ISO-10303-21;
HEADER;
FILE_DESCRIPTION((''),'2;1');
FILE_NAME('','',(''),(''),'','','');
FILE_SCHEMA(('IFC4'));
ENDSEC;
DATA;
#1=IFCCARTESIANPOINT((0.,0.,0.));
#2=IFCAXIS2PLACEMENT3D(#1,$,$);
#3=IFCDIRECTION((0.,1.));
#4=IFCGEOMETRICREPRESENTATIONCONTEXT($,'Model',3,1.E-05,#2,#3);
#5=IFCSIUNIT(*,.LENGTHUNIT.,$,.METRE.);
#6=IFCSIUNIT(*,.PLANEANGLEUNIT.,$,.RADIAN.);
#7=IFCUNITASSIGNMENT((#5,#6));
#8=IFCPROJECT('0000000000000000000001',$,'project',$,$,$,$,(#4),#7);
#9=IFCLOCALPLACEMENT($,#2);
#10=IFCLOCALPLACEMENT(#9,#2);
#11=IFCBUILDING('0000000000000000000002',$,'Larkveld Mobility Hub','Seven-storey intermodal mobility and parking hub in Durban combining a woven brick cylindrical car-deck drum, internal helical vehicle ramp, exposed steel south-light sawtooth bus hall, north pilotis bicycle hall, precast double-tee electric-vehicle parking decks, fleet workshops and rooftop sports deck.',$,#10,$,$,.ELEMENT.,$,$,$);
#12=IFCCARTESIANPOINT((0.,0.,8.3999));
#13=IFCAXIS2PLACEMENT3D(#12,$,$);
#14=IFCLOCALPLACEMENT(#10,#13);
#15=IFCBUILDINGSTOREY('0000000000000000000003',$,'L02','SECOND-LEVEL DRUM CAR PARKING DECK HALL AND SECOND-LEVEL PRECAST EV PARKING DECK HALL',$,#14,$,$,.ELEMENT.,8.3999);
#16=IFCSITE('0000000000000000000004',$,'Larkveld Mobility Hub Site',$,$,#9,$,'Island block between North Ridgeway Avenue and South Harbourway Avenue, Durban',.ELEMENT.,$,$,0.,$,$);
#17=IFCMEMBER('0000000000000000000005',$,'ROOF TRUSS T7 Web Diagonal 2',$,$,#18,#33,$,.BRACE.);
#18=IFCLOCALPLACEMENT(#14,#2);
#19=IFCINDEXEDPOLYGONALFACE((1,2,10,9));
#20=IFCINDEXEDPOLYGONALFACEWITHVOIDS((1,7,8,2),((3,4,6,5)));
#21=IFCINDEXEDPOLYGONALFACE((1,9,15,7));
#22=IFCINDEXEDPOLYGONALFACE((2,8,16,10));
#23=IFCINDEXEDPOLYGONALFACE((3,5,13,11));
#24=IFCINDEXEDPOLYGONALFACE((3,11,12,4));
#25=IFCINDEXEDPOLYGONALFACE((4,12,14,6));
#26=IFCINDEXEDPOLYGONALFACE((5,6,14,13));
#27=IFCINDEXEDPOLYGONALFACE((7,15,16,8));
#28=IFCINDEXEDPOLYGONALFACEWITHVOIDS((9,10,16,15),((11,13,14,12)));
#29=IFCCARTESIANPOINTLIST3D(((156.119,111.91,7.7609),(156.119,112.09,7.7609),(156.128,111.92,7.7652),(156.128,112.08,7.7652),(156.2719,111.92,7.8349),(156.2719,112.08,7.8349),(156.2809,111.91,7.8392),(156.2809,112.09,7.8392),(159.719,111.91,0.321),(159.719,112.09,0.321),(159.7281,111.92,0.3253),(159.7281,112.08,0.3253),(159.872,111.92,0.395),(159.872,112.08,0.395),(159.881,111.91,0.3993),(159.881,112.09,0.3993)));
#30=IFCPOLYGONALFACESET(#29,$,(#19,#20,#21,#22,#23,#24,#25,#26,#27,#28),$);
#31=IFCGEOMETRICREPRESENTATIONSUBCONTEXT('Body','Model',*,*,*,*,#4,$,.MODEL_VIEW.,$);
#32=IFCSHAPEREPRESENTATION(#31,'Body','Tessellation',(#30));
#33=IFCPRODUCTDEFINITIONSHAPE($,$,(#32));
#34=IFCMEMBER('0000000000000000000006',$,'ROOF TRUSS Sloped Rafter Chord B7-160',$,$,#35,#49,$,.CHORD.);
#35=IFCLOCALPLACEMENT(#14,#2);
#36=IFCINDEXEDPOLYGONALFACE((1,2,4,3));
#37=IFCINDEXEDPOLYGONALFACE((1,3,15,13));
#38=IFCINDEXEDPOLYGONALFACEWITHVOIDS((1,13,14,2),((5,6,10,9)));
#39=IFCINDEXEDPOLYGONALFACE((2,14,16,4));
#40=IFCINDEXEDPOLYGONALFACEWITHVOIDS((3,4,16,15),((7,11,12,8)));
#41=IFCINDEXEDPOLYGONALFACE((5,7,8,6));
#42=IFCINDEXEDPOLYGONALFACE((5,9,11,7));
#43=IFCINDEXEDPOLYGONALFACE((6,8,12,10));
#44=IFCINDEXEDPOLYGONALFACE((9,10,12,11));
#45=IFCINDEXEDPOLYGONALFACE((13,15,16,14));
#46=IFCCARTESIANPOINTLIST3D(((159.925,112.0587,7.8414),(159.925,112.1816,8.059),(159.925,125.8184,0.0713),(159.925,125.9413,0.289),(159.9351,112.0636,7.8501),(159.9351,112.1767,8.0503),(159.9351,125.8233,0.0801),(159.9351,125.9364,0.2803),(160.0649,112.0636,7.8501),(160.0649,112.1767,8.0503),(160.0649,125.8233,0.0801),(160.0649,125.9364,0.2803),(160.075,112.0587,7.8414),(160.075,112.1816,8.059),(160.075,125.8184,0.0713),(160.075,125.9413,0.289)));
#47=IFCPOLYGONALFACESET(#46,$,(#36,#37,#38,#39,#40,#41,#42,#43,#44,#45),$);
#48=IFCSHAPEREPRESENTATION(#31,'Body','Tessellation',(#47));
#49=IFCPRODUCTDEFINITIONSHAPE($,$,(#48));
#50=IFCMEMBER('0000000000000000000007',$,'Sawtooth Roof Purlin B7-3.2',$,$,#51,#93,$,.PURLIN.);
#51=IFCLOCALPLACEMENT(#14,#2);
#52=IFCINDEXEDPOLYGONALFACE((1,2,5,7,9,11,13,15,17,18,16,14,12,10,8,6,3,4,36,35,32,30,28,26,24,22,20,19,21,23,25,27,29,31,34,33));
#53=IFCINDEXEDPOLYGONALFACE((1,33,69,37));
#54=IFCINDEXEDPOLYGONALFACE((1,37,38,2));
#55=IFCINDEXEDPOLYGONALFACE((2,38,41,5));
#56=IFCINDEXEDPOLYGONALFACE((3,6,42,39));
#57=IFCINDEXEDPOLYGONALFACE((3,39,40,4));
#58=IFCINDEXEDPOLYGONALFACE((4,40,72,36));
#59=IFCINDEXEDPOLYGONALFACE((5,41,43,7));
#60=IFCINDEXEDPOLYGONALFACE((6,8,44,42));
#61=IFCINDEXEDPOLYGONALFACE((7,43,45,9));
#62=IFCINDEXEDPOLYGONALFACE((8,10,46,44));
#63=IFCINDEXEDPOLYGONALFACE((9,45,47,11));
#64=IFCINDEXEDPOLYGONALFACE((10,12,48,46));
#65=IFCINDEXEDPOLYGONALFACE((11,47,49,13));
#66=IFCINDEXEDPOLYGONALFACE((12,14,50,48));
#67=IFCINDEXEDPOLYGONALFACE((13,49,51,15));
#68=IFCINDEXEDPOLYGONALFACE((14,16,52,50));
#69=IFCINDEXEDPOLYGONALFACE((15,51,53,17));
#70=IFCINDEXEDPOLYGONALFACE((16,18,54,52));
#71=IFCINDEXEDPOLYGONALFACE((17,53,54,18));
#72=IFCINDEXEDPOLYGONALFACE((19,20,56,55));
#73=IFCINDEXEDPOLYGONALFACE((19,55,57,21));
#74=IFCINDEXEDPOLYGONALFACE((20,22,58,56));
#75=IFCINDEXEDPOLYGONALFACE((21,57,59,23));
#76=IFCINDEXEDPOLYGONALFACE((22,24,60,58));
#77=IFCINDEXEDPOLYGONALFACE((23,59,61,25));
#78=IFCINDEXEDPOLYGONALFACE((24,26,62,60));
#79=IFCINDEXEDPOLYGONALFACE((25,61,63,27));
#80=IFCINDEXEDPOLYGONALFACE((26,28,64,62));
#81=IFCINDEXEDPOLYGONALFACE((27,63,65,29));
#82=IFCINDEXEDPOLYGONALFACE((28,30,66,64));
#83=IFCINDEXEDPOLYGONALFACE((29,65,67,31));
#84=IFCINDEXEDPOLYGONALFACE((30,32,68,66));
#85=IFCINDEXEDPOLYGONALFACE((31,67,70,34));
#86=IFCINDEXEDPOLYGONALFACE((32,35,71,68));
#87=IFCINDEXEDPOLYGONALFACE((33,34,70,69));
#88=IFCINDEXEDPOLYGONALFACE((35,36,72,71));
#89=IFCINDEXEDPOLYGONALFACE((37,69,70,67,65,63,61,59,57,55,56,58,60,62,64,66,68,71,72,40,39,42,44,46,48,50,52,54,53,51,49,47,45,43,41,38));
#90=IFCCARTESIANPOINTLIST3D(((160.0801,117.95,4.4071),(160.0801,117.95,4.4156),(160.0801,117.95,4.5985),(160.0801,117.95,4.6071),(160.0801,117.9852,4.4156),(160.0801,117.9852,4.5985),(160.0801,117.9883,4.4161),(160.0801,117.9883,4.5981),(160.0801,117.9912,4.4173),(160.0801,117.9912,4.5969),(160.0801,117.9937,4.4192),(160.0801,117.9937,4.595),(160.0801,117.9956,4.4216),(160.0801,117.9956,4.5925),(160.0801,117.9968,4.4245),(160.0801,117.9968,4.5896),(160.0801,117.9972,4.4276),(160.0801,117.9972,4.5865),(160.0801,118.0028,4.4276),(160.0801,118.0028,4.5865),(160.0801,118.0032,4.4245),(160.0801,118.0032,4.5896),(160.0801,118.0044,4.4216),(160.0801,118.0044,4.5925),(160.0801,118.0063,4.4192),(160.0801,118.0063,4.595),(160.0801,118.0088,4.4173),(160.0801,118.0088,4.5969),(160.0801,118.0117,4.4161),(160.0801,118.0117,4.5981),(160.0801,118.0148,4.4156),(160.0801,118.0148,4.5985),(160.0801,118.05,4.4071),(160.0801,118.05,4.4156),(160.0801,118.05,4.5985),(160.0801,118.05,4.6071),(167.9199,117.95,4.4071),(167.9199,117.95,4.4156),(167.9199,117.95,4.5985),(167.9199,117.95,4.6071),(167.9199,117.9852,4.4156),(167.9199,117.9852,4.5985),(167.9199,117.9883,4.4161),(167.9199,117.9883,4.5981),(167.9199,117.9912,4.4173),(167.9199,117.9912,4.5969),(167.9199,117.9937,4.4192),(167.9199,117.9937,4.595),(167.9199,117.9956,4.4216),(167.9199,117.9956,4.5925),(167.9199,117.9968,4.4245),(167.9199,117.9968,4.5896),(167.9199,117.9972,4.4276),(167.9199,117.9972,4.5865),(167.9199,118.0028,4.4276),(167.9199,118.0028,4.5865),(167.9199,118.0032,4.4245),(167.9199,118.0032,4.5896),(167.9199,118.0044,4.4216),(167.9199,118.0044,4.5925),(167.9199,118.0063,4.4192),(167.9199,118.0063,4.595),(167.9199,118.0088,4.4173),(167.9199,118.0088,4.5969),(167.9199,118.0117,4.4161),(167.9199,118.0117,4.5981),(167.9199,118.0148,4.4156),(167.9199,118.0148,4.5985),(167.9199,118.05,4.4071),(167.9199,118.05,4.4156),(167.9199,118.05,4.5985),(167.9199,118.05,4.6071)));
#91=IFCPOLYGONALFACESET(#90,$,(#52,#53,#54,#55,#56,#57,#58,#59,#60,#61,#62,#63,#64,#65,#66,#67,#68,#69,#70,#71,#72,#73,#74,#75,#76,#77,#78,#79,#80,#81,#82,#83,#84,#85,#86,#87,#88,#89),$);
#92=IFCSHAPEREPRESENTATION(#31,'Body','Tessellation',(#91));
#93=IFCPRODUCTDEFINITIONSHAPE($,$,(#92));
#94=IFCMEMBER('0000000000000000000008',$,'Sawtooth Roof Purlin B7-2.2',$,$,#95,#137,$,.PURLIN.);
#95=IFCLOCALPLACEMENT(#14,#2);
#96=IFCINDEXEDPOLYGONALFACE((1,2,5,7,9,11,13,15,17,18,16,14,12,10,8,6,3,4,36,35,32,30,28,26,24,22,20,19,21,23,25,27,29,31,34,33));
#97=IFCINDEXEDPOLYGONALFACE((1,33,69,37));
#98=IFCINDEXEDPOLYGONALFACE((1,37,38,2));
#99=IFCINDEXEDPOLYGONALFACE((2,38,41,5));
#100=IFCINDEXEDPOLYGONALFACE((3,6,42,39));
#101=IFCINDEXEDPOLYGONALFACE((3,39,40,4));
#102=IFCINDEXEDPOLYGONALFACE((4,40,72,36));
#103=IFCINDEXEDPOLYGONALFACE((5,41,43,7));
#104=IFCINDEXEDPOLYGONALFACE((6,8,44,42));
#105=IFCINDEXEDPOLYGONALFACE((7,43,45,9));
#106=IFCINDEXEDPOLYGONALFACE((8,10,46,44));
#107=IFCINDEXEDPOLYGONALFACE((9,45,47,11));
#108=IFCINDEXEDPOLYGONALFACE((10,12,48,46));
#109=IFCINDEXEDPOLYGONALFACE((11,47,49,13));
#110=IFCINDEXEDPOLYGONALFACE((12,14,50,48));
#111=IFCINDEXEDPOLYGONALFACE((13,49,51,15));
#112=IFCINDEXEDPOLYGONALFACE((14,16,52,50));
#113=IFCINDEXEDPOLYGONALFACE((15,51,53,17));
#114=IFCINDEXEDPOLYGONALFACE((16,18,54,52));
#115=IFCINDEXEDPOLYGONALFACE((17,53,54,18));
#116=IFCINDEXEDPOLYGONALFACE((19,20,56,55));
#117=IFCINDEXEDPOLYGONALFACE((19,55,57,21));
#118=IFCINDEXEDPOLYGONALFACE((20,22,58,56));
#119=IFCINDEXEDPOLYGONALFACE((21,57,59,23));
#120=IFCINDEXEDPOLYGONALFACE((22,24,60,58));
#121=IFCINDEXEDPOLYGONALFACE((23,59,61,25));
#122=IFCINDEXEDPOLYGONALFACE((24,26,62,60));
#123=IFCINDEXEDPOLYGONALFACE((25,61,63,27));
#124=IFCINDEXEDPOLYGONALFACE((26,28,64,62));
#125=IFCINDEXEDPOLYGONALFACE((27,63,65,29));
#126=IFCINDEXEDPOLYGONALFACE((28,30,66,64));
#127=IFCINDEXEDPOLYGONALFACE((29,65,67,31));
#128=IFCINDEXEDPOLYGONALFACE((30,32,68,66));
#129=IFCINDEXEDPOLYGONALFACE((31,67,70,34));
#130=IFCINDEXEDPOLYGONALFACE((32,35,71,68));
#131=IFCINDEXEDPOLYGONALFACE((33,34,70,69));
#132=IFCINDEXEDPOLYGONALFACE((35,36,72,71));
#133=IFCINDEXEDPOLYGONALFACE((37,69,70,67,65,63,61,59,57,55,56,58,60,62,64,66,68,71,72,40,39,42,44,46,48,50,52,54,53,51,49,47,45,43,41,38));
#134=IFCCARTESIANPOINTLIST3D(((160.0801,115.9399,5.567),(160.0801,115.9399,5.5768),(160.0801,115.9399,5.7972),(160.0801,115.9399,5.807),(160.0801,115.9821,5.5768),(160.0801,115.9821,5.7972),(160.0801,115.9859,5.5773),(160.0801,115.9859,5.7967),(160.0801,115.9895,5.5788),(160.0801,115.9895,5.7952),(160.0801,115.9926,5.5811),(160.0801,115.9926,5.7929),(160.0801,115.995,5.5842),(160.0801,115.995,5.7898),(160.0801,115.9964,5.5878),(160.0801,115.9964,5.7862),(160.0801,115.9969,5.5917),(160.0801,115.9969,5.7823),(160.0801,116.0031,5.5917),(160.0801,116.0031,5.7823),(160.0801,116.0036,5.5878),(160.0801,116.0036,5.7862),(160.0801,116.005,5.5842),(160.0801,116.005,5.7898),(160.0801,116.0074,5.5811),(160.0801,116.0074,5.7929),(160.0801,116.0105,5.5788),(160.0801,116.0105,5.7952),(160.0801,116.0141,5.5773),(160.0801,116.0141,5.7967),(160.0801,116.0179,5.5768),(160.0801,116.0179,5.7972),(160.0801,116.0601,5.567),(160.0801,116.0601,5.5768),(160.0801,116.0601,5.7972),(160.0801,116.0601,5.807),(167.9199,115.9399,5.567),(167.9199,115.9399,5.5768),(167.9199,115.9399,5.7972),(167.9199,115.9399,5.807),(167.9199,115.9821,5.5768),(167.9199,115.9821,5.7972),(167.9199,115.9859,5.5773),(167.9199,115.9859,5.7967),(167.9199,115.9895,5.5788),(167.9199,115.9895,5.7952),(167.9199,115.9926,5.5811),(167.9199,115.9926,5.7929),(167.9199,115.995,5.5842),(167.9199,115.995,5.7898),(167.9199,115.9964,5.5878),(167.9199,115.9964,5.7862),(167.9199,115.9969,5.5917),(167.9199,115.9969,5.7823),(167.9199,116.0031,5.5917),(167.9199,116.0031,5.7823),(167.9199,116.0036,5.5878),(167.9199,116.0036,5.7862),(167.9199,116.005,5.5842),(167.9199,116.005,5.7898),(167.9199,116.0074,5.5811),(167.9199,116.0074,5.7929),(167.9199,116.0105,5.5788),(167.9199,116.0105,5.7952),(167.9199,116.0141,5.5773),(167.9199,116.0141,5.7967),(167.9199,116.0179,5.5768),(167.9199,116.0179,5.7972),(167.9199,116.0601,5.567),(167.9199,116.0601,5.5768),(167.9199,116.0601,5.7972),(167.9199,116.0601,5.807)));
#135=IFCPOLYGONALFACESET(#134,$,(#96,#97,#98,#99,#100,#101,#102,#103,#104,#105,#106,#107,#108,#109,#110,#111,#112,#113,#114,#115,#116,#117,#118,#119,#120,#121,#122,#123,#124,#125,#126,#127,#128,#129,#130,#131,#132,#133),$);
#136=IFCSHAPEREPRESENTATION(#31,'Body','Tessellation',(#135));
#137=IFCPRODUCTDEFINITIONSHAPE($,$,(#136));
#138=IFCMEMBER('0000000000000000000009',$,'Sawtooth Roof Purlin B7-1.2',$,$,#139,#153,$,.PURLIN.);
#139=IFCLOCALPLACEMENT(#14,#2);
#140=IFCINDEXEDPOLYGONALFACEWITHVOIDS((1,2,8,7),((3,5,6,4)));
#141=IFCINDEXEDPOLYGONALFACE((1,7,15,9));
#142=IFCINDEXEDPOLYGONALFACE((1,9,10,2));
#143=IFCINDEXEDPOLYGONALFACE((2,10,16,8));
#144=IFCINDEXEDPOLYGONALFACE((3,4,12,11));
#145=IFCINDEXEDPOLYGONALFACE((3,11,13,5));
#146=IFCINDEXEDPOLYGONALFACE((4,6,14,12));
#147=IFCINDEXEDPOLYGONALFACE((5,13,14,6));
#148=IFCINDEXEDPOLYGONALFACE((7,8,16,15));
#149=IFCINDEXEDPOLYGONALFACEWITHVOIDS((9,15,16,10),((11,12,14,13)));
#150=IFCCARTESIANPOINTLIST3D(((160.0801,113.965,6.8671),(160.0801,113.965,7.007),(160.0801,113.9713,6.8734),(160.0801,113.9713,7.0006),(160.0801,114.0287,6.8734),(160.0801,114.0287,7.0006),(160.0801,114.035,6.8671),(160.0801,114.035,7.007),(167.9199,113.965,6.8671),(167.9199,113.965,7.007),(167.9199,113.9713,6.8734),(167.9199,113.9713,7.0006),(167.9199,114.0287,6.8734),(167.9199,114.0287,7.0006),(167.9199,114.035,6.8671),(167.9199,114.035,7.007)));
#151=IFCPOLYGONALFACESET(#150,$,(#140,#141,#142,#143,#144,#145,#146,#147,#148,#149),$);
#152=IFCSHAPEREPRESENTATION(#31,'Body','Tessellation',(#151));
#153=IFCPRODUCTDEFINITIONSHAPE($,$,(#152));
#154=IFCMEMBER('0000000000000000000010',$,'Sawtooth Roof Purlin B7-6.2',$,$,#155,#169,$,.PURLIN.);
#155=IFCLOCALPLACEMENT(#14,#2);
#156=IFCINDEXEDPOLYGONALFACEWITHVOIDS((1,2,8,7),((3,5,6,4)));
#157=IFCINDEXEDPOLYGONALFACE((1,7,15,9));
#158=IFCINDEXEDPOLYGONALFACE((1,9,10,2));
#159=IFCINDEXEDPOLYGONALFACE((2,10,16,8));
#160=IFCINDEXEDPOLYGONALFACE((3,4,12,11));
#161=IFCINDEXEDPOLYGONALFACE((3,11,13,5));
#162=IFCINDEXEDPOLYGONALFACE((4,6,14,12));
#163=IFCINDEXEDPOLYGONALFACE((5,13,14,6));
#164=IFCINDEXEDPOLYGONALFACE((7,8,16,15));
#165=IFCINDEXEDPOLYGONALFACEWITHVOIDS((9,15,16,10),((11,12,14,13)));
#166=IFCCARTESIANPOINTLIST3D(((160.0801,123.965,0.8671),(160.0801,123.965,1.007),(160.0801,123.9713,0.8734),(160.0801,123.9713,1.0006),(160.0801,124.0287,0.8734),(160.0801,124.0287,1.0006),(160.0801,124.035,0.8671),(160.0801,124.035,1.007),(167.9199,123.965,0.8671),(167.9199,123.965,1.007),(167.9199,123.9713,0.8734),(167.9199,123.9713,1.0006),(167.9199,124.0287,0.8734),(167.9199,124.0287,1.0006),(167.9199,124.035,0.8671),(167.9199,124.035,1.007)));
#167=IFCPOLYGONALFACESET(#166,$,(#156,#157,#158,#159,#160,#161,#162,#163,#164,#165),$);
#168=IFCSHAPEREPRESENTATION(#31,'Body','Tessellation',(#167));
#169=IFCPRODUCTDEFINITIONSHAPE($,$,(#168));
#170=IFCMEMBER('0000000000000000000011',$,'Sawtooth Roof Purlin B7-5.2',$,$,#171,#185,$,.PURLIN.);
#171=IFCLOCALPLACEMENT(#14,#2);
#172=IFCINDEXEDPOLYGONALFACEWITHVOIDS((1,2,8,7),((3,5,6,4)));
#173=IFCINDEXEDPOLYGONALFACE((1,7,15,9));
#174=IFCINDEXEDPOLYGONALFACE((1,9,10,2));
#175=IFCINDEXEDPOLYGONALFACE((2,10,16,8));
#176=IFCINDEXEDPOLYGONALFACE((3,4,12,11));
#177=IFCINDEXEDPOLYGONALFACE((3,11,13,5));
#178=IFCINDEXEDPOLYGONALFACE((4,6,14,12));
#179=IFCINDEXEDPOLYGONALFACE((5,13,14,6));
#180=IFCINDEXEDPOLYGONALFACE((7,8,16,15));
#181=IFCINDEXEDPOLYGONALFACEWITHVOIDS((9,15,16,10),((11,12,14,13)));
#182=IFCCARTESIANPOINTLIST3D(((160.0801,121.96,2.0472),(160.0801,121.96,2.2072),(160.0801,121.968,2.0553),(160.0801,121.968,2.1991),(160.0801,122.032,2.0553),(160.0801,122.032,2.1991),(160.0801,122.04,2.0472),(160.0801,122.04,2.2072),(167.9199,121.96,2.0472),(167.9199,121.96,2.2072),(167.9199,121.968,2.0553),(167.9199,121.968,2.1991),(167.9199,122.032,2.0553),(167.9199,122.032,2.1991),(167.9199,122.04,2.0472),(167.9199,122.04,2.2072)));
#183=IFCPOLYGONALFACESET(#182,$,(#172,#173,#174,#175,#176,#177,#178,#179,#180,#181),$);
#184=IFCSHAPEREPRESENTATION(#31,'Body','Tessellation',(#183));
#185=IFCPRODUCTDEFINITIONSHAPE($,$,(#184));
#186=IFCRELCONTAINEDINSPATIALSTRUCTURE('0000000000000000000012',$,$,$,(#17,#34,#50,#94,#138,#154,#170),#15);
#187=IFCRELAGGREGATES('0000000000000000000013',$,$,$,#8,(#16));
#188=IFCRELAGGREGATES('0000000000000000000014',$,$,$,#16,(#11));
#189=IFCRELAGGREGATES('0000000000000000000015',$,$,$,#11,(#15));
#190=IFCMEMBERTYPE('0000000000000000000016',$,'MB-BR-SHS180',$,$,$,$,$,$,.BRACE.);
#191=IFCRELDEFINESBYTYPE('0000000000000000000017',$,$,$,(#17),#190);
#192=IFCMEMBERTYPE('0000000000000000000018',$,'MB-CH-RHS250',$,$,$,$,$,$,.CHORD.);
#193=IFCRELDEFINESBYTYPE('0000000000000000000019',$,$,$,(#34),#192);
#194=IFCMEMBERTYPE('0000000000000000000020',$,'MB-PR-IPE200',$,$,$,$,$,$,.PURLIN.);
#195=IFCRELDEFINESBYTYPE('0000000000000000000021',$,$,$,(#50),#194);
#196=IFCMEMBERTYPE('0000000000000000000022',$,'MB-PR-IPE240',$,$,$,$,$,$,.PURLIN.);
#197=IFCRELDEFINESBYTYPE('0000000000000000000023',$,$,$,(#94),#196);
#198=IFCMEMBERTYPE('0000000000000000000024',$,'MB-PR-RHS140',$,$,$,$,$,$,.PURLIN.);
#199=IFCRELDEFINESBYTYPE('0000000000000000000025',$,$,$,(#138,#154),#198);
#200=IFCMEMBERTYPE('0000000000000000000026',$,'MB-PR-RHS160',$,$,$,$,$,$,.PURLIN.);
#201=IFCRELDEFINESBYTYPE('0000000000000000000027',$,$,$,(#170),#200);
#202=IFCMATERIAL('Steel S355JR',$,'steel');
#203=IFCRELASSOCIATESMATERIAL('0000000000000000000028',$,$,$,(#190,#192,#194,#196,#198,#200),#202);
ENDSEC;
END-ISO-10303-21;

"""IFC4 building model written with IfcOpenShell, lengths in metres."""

from ifc_helpers import new_model, si_unit, direction, frame, origin, origin_2d, place, context, subcontext, project, spatial, hollow_rectangle, i_section, extrude, material, material_profile, profile_set, type_object, element, save


model = new_model("IFC4")

# Units and contexts
model_context = context("Model", 3, precision=1e-05, world=origin(), true_north=direction((0.0, 1.0)))
body_context = subcontext(model_context, "Body", "Model", "MODEL_VIEW")
ifc_project = project(units=[si_unit("LENGTHUNIT", "METRE"), si_unit("PLANEANGLEUNIT", "RADIAN")], contexts=[model_context])

# Site, building, storey
site_placement = place(None, origin())
site = spatial("IfcSite", under=ifc_project, at=site_placement, Name="Larkveld Mobility Hub Site", LongName="Island block between North Ridgeway Avenue and South Harbourway Avenue, Durban", CompositionType="ELEMENT", RefElevation=0.0)
building_placement = place(site_placement, origin())
building = spatial("IfcBuilding", under=site, at=building_placement, Name="Larkveld Mobility Hub", Description="Seven-storey intermodal mobility and parking hub in Durban combining a woven brick cylindrical car-deck drum, internal helical vehicle ramp, exposed steel south-light sawtooth bus hall, north pilotis bicycle hall, precast double-tee electric-vehicle parking decks, fleet workshops and rooftop sports deck.", CompositionType="ELEMENT")
storey_placement = place(building_placement, frame((0.0, 0.0, 8.3999)))
storey = spatial("IfcBuildingStorey", under=building, at=storey_placement, Name="L02", Description="SECOND-LEVEL DRUM CAR PARKING DECK HALL AND SECOND-LEVEL PRECAST EV PARKING DECK HALL", CompositionType="ELEMENT", Elevation=8.3999)

# Members
ifc_material_1 = material(Name="Steel S355JR", Category="steel")
ifc_material_profile_1 = material_profile(ifc_material_1, hollow_rectangle(XDim=0.1799, YDim=0.1799, WallThickness=0.01, at=origin_2d()), Name="SHS 180x180x10")
ifc_profile_set_1 = profile_set([ifc_material_profile_1], Name="Steel S355JR")
member_type_1 = type_object("IfcMemberType", Name="MB-BR-SHS180", PredefinedType="BRACE", material=ifc_profile_set_1)
member_1_placement = place(storey_placement, frame((156.2, 112.0, 7.8), z_axis=(0.435573, 0.0, -0.900153), x_axis=(0.0, 1.0, 0.0)))
element("IfcMember", 1, at=member_1_placement, inside=storey, type_object=member_type_1, Name="ROOF TRUSS T7 Web Diagonal 2", PredefinedType="BRACE", context=body_context, shape_type="SweptSolid", body=[
    extrude(hollow_rectangle(XDim=0.1799, YDim=0.1799, WallThickness=0.01, at=origin_2d()), origin(), (0.0, 0.0, 1.0), 8.2651),
])
ifc_material_profile_2 = material_profile(ifc_material_1, hollow_rectangle(XDim=0.1499, YDim=0.25, WallThickness=0.01, at=origin_2d()), Name="RHS 250x150x10")
ifc_profile_set_2 = profile_set([ifc_material_profile_2], Name="Steel S355JR")
member_type_2 = type_object("IfcMemberType", Name="MB-CH-RHS250", PredefinedType="CHORD", material=ifc_profile_set_2)
member_2_placement = place(storey_placement, frame((160.0, 112.1201, 7.9502), z_axis=(0.0, 0.870759, -0.49171), x_axis=(-1.0, 0.0, 0.0)))
element("IfcMember", 2, at=member_2_placement, inside=storey, type_object=member_type_2, Name="ROOF TRUSS Sloped Rafter Chord B7-160", PredefinedType="CHORD", context=body_context, shape_type="SweptSolid", body=[
    extrude(hollow_rectangle(XDim=0.1499, YDim=0.25, WallThickness=0.01, at=origin_2d()), origin(), (0.0, 0.0, 1.0), 15.802),
])
ifc_material_profile_3 = material_profile(ifc_material_1, i_section(OverallWidth=0.1001, OverallDepth=0.2, WebThickness=0.0056, FlangeThickness=0.0085, FilletRadius=0.012, at=origin_2d()), Name="IPE 200")
ifc_profile_set_3 = profile_set([ifc_material_profile_3], Name="Steel S355JR")
member_type_3 = type_object("IfcMemberType", Name="MB-PR-IPE200", PredefinedType="PURLIN", material=ifc_profile_set_3)
member_3_placement = place(storey_placement, frame((160.0801, 118.0, 4.5071), z_axis=(1.0, 0.0, 0.0), x_axis=(0.0, 1.0, 0.0)))
element("IfcMember", 3, at=member_3_placement, inside=storey, type_object=member_type_3, Name="Sawtooth Roof Purlin B7-3.2", PredefinedType="PURLIN", context=body_context, shape_type="SweptSolid", body=[
    extrude(i_section(OverallWidth=0.1001, OverallDepth=0.2, WebThickness=0.0056, FlangeThickness=0.0085, FilletRadius=0.012, at=origin_2d()), origin(), (0.0, 0.0, 1.0), 7.8398),
])
ifc_material_profile_4 = material_profile(ifc_material_1, i_section(OverallWidth=0.1201, OverallDepth=0.24, WebThickness=0.0061, FlangeThickness=0.0098, FilletRadius=0.0149, at=origin_2d()), Name="IPE 240")
ifc_profile_set_4 = profile_set([ifc_material_profile_4], Name="Steel S355JR")
member_type_4 = type_object("IfcMemberType", Name="MB-PR-IPE240", PredefinedType="PURLIN", material=ifc_profile_set_4)
member_4_placement = place(storey_placement, frame((160.0801, 116.0, 5.687), z_axis=(1.0, 0.0, 0.0), x_axis=(0.0, 1.0, 0.0)))
element("IfcMember", 4, at=member_4_placement, inside=storey, type_object=member_type_4, Name="Sawtooth Roof Purlin B7-2.2", PredefinedType="PURLIN", context=body_context, shape_type="SweptSolid", body=[
    extrude(i_section(OverallWidth=0.1201, OverallDepth=0.24, WebThickness=0.0061, FlangeThickness=0.0098, FilletRadius=0.0149, at=origin_2d()), origin(), (0.0, 0.0, 1.0), 7.8398),
])
ifc_material_profile_5 = material_profile(ifc_material_1, hollow_rectangle(XDim=0.0701, YDim=0.1399, WallThickness=0.0063, at=origin_2d()), Name="RHS 140x70x6.3")
ifc_profile_set_5 = profile_set([ifc_material_profile_5], Name="Steel S355JR")
member_type_5 = type_object("IfcMemberType", Name="MB-PR-RHS140", PredefinedType="PURLIN", material=ifc_profile_set_5)
for number, where, z_axis, x_axis, name in (
    (5, (160.0801, 114.0, 6.937), (1.0, 0.0, 0.0), (0.0, 1.0, 0.0), "Sawtooth Roof Purlin B7-1.2"),
    (6, (160.0801, 124.0, 0.937), (1.0, 0.0, 0.0), (0.0, 1.0, 0.0), "Sawtooth Roof Purlin B7-6.2"),
):
    element("IfcMember", number, at=place(storey_placement, frame(where, z_axis=z_axis, x_axis=x_axis)), inside=storey, type_object=member_type_5, Name=name, PredefinedType="PURLIN", context=body_context, shape_type="SweptSolid", body=[
        extrude(hollow_rectangle(XDim=0.0701, YDim=0.1399, WallThickness=0.0063, at=origin_2d()), origin(), (0.0, 0.0, 1.0), 7.8398),
    ])
ifc_material_profile_6 = material_profile(ifc_material_1, hollow_rectangle(XDim=0.0801, YDim=0.1599, WallThickness=0.0081, at=origin_2d()), Name="RHS 160x80x8")
ifc_profile_set_6 = profile_set([ifc_material_profile_6], Name="Steel S355JR")
member_type_6 = type_object("IfcMemberType", Name="MB-PR-RHS160", PredefinedType="PURLIN", material=ifc_profile_set_6)
member_5_placement = place(storey_placement, frame((160.0801, 122.0, 2.1272), z_axis=(1.0, 0.0, 0.0), x_axis=(0.0, 1.0, 0.0)))
element("IfcMember", 7, at=member_5_placement, inside=storey, type_object=member_type_6, Name="Sawtooth Roof Purlin B7-5.2", PredefinedType="PURLIN", context=body_context, shape_type="SweptSolid", body=[
    extrude(hollow_rectangle(XDim=0.0801, YDim=0.1599, WallThickness=0.0081, at=origin_2d()), origin(), (0.0, 0.0, 1.0), 7.8398),
])

save(model, "model.ifc")
